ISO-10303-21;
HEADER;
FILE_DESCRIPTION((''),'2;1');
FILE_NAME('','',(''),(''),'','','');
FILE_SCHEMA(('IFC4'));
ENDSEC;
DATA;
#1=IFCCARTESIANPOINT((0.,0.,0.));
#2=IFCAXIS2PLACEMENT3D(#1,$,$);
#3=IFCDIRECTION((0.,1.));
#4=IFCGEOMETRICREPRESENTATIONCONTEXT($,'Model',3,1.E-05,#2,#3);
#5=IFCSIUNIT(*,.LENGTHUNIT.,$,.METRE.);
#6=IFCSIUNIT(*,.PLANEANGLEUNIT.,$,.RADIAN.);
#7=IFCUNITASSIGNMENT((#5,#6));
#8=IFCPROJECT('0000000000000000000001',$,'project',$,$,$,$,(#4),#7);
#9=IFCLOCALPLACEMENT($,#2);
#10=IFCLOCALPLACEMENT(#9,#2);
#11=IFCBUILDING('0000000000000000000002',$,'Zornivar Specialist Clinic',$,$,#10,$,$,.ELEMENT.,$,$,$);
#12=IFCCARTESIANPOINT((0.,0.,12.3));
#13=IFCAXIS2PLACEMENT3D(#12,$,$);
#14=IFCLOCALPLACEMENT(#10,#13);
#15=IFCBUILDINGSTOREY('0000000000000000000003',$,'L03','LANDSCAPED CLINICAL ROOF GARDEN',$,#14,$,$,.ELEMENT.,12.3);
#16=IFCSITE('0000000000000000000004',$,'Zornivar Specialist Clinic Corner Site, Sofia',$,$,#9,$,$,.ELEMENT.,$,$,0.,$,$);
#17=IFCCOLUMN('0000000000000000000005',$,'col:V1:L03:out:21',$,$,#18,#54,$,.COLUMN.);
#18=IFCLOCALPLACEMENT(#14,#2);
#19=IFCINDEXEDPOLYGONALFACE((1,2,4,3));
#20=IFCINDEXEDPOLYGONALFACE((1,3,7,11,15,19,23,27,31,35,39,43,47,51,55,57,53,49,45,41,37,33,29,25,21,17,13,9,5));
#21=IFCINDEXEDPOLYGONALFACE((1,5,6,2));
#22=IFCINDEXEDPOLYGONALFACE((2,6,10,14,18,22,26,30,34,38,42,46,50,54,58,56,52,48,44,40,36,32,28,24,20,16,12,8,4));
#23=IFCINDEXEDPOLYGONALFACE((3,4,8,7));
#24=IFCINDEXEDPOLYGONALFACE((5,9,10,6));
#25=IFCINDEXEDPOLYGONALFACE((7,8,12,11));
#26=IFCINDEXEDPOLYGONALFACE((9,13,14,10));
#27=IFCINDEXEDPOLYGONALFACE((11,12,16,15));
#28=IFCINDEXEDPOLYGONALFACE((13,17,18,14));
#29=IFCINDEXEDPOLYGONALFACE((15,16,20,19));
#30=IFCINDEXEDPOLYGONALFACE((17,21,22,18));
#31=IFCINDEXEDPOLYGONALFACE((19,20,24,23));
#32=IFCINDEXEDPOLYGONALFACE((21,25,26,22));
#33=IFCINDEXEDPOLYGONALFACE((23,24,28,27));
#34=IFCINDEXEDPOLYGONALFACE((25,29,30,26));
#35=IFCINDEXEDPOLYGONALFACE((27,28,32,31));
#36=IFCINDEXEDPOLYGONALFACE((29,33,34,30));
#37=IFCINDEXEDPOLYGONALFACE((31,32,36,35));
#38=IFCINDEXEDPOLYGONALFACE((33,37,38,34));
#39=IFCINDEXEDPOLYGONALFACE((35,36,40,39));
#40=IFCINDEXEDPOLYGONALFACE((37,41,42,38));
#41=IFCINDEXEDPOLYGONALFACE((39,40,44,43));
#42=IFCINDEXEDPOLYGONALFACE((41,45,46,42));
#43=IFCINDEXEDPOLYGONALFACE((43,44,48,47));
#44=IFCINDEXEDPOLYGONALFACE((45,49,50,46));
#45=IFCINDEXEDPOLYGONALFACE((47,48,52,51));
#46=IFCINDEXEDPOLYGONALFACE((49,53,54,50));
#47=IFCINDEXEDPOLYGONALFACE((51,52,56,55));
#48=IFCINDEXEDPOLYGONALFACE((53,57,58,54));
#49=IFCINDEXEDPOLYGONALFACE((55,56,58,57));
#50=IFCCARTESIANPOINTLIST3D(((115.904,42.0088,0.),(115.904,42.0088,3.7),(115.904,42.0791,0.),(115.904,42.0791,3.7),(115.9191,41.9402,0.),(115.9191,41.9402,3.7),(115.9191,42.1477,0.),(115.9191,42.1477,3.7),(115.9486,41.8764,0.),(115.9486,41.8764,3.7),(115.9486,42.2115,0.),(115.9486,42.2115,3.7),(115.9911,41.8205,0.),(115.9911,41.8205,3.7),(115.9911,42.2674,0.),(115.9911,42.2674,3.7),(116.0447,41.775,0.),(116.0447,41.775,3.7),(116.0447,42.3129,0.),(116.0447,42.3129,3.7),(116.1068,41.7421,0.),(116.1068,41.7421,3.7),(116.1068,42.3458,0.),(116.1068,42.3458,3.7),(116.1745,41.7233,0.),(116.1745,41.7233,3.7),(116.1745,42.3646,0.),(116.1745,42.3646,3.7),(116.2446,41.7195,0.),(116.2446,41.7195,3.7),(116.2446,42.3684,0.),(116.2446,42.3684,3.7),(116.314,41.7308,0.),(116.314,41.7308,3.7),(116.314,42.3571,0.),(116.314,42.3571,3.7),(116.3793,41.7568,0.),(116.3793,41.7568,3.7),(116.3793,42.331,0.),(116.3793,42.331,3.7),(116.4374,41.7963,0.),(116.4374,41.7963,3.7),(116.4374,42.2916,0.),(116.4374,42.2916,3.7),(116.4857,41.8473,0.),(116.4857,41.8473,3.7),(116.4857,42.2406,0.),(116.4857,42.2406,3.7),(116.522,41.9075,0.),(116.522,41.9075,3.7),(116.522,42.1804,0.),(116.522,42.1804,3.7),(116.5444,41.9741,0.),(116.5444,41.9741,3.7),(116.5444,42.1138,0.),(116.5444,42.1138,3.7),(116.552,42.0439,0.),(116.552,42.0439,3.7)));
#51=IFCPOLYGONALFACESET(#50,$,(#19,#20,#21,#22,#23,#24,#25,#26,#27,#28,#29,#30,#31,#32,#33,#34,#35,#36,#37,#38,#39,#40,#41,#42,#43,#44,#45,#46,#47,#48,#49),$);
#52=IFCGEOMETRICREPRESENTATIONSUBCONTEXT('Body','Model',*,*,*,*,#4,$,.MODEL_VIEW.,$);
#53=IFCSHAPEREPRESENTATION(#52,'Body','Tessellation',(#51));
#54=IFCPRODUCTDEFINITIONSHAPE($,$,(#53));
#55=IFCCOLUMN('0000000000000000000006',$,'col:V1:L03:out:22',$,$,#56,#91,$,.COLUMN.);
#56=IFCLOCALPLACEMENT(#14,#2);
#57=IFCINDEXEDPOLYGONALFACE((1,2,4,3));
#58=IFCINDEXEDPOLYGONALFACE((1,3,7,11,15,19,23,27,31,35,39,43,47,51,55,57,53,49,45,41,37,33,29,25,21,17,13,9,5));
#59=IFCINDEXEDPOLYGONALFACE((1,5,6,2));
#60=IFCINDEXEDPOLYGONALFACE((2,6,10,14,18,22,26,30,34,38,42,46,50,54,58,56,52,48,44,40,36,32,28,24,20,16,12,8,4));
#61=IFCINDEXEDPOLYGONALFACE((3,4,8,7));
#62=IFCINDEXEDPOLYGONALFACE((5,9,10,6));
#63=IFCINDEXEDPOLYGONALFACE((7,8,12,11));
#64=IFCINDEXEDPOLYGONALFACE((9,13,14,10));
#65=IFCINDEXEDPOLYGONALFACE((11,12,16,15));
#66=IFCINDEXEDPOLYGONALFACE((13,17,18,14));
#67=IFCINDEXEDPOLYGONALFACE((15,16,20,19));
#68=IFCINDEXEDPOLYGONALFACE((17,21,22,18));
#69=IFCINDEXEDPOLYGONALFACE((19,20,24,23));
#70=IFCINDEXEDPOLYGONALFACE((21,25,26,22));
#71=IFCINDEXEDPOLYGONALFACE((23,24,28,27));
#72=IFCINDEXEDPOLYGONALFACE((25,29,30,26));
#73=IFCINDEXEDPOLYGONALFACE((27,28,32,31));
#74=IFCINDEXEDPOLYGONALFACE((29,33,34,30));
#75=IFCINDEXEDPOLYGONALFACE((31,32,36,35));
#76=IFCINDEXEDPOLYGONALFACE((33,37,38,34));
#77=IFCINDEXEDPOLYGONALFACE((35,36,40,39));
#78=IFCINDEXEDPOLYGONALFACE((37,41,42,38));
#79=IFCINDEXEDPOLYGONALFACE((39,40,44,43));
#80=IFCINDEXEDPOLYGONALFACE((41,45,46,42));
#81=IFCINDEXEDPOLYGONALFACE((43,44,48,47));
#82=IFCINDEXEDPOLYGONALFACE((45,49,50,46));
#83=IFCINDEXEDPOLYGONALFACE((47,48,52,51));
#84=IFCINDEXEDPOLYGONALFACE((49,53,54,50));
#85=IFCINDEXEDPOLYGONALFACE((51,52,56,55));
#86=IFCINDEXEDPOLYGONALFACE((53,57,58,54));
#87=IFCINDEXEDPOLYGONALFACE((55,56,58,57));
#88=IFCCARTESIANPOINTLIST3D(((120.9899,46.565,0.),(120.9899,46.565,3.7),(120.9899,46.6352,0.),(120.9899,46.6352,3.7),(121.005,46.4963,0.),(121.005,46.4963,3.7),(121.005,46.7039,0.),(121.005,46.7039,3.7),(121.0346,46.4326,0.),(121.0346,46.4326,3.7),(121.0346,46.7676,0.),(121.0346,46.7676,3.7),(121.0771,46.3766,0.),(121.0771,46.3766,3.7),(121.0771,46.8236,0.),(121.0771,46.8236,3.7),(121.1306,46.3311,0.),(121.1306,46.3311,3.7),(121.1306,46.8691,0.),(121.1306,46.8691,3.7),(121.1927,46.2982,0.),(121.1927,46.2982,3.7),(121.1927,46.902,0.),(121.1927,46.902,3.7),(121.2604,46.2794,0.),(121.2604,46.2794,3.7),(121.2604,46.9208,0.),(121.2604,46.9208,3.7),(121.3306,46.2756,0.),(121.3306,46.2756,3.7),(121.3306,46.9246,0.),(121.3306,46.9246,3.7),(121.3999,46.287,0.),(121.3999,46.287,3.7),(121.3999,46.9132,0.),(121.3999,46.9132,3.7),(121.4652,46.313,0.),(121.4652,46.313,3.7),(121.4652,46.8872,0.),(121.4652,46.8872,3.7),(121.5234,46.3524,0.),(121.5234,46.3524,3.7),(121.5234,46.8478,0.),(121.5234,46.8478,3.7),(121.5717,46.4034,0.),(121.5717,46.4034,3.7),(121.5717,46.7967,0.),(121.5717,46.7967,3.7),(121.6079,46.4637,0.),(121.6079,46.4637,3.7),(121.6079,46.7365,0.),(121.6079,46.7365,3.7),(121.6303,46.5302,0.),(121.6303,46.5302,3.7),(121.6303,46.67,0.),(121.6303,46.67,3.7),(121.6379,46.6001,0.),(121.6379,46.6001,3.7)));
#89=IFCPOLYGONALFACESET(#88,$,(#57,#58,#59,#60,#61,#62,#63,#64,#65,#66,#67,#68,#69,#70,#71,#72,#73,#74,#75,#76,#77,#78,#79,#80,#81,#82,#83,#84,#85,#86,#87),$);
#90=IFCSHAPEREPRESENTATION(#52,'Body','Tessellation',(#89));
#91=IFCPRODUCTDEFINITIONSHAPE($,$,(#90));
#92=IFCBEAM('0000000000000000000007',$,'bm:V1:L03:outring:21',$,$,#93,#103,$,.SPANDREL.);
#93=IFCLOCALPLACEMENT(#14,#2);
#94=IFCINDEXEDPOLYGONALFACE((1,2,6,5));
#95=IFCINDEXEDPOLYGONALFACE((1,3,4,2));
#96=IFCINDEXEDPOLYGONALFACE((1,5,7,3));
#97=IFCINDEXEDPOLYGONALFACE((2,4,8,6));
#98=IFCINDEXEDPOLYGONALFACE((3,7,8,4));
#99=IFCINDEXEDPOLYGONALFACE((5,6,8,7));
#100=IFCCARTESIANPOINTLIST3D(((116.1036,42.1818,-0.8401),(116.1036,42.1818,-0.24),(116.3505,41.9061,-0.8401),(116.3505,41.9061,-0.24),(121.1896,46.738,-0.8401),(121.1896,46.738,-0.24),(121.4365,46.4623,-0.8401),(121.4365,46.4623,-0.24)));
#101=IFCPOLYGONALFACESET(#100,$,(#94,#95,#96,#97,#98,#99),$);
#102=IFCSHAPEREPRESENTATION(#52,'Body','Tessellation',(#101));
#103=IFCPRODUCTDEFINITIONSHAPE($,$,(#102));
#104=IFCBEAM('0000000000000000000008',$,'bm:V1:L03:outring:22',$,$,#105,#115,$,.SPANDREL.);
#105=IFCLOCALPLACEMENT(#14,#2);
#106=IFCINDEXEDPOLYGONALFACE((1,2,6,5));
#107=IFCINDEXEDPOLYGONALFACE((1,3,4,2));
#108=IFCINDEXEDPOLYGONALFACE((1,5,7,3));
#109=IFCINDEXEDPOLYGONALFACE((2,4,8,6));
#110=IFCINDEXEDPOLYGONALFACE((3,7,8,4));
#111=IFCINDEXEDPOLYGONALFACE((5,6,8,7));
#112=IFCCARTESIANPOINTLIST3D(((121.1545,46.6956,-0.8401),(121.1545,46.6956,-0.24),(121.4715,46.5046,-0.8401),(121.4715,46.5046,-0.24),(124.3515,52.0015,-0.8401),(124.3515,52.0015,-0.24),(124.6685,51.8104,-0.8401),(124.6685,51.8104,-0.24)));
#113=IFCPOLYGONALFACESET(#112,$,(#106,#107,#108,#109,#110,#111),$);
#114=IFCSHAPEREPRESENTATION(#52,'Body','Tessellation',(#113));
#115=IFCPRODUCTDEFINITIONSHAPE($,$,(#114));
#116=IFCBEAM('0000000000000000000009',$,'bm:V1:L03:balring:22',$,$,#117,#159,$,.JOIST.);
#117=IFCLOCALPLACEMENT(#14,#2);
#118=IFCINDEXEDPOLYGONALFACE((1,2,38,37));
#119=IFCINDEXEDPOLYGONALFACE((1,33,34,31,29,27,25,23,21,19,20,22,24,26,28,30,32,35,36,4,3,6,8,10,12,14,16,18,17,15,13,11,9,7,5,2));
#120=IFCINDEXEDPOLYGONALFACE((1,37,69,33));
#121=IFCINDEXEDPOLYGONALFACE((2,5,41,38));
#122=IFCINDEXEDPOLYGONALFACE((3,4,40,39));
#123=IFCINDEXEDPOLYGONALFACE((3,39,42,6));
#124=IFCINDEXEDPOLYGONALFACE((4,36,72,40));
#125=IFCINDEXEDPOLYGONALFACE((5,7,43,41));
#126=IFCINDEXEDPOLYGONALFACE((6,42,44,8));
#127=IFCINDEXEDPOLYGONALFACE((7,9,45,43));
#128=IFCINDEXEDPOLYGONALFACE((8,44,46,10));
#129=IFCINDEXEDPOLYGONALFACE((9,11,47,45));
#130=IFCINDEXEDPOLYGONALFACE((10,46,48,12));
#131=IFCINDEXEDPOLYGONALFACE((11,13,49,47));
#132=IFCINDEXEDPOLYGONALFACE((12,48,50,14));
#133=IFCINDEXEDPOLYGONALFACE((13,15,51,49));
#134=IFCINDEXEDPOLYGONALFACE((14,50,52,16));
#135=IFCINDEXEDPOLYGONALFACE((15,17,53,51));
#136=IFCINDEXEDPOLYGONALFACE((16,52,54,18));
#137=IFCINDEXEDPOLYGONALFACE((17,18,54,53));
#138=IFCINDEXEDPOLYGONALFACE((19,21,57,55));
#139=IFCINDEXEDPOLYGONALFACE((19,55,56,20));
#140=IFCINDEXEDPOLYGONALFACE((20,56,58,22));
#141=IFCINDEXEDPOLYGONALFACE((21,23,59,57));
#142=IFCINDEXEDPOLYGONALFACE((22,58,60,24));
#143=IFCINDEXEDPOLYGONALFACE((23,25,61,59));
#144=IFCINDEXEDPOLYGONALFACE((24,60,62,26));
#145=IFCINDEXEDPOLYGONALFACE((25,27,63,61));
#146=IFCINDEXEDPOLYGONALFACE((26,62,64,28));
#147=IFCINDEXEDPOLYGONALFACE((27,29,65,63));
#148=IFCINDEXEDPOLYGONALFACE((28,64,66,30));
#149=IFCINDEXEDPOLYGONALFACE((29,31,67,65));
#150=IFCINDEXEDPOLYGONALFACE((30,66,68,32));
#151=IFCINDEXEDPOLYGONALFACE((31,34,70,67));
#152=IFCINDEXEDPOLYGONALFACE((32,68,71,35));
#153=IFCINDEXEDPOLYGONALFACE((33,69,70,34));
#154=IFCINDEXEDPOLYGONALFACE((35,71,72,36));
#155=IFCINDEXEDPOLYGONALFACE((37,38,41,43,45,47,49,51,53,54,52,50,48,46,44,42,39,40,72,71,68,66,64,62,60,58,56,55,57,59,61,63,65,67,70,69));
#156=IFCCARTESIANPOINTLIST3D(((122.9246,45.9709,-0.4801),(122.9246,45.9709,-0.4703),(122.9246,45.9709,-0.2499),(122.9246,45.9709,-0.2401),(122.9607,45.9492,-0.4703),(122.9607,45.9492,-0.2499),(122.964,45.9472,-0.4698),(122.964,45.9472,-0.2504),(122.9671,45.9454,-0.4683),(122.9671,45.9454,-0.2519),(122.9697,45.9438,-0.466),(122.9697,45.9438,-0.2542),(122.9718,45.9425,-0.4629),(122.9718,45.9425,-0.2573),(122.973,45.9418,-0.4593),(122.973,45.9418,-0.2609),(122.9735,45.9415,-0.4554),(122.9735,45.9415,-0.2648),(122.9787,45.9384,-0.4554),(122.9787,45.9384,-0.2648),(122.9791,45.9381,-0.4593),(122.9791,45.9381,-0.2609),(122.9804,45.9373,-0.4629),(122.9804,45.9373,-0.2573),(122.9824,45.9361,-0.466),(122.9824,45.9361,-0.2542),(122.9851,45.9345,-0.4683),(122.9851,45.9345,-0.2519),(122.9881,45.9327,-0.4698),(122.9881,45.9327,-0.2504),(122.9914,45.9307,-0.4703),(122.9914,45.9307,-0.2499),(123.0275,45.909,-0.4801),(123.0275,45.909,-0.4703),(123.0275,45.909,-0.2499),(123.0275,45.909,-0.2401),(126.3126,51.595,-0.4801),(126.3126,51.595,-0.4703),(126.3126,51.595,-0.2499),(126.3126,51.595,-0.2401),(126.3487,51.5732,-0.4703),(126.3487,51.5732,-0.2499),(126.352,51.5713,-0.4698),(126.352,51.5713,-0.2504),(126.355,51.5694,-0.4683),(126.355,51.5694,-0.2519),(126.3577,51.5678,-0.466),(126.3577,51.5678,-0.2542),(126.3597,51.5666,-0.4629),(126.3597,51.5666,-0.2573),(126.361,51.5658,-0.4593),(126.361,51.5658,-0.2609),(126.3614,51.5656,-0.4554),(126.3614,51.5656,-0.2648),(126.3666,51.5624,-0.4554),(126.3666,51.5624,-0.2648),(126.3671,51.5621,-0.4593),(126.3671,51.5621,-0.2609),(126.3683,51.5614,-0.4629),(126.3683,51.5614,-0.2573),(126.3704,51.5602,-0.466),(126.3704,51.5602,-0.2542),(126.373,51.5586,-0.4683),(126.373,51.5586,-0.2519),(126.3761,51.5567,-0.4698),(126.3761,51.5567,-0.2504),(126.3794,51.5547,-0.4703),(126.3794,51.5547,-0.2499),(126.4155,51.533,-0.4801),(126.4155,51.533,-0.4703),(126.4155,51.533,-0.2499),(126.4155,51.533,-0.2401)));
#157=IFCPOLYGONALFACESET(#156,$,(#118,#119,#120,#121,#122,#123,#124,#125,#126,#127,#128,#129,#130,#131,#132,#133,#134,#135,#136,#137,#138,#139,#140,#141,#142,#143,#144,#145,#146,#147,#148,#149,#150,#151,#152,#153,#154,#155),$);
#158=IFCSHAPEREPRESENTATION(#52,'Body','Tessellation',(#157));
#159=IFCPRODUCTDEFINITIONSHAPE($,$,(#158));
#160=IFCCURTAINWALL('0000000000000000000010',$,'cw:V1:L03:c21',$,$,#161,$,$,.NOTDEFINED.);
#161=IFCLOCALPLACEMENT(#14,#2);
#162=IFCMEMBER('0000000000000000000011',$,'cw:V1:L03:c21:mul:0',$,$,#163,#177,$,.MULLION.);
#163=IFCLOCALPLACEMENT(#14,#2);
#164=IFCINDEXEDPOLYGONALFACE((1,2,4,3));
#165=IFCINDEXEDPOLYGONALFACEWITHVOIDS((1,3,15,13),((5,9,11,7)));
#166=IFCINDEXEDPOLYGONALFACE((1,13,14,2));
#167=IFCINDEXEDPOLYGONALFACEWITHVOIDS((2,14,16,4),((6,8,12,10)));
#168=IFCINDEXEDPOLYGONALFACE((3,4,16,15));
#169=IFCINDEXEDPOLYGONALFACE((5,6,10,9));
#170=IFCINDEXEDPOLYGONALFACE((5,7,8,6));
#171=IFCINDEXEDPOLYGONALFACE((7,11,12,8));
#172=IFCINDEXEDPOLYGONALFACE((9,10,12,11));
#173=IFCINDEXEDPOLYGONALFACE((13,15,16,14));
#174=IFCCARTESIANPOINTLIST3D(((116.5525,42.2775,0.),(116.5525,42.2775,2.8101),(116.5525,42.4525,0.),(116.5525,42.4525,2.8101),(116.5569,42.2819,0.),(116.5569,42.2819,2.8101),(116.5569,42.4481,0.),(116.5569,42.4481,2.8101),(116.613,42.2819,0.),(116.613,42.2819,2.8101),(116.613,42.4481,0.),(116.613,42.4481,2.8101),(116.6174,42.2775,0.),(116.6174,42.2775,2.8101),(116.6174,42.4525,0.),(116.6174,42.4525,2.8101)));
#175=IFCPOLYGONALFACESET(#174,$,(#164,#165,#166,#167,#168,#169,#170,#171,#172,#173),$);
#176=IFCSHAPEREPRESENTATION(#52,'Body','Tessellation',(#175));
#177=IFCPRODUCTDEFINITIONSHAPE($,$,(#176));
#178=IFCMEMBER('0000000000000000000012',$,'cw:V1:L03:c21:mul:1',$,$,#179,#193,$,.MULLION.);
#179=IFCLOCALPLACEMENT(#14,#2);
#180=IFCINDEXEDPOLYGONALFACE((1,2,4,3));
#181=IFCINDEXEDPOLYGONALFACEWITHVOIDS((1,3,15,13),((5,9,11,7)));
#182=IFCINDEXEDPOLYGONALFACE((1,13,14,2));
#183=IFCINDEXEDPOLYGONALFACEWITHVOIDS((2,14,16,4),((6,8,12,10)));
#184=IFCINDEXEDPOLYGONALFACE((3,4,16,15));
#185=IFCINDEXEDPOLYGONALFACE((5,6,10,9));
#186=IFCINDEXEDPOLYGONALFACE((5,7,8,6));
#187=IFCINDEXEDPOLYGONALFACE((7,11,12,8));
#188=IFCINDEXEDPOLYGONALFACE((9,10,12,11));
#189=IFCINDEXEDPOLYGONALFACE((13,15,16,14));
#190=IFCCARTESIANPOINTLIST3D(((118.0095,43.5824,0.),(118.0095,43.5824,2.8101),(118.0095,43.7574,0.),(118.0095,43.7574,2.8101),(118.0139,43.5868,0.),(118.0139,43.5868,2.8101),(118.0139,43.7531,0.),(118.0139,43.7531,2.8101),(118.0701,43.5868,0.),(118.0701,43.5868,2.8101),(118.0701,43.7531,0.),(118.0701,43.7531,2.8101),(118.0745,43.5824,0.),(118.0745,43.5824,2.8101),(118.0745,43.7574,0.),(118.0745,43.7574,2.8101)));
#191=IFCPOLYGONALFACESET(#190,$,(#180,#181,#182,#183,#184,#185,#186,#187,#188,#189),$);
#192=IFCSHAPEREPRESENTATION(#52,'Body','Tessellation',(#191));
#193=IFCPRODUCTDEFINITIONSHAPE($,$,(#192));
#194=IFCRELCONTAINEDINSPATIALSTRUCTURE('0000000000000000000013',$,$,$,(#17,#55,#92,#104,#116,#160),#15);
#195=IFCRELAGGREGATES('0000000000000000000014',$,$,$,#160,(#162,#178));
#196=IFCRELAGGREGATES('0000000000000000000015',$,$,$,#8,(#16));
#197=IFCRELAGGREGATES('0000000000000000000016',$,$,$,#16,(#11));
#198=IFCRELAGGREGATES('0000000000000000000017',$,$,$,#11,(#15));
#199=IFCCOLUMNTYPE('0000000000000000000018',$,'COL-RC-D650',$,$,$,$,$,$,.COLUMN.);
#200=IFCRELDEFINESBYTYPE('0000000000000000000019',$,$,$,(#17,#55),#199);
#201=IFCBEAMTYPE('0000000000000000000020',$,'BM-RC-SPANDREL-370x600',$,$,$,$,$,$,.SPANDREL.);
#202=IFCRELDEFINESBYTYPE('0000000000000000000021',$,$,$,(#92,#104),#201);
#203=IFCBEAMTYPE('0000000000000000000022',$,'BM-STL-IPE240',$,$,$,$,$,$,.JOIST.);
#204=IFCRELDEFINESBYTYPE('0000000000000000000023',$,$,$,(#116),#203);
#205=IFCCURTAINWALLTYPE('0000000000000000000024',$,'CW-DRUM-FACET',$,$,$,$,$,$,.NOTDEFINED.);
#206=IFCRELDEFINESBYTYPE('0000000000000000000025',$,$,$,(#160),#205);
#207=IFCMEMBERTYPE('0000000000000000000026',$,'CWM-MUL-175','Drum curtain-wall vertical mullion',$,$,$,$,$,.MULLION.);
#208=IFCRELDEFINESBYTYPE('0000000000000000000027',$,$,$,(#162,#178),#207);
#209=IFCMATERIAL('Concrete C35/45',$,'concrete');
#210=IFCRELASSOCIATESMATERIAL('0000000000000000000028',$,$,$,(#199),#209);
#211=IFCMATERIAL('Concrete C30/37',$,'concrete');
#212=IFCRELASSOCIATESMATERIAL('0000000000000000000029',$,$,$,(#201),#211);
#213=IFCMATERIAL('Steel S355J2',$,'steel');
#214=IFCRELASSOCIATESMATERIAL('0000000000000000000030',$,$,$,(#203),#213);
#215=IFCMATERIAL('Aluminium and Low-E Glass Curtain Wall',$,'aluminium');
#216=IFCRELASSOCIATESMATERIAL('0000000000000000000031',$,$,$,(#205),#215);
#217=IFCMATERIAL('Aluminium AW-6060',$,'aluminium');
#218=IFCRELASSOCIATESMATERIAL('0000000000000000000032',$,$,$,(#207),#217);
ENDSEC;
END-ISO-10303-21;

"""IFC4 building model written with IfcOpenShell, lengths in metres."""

from ifc_helpers import new_model, si_unit, direction, frame, origin, origin_2d, place, context, subcontext, project, spatial, rectangle, hollow_rectangle, circle, i_section, extrude, material, material_profile, profile_set, type_object, element, aggregate, save


model = new_model("IFC4")

# Units and contexts
model_context = context("Model", 3, precision=1e-05, world=origin(), true_north=direction((0.0, 1.0)))
body_context = subcontext(model_context, "Body", "Model", "MODEL_VIEW")
ifc_project = project(units=[si_unit("LENGTHUNIT", "METRE"), si_unit("PLANEANGLEUNIT", "RADIAN")], contexts=[model_context])

# Site, building, storey
site_placement = place(None, origin())
site = spatial("IfcSite", under=ifc_project, at=site_placement, Name="Zornivar Specialist Clinic Corner Site, Sofia", CompositionType="ELEMENT", RefElevation=0.0)
building_placement = place(site_placement, origin())
building = spatial("IfcBuilding", under=site, at=building_placement, Name="Zornivar Specialist Clinic", CompositionType="ELEMENT")
storey_placement = place(building_placement, frame((0.0, 0.0, 12.3)))
storey = spatial("IfcBuildingStorey", under=building, at=storey_placement, Name="L03", Description="LANDSCAPED CLINICAL ROOF GARDEN", CompositionType="ELEMENT", Elevation=12.3)

# Columns
ifc_material_1 = material(Name="Concrete C35/45", Category="concrete")
ifc_material_profile_1 = material_profile(ifc_material_1, circle(Radius=0.325, at=origin_2d()), Name="RC D650")
ifc_profile_set_1 = profile_set([ifc_material_profile_1], Name="Concrete C35/45")
column_type = type_object("IfcColumnType", Name="COL-RC-D650", PredefinedType="COLUMN", material=ifc_profile_set_1)
for number, where, z_axis, x_axis, name in (
    (1, (116.2271, 42.0439, 0.0), (0.0, 0.0, 1.0), (1.0, 0.0, 0.0), "col:V1:L03:out:21"),
    (2, (121.313, 46.6001, 0.0), (0.0, 0.0, 1.0), (1.0, 0.0, 0.0), "col:V1:L03:out:22"),
):
    element("IfcColumn", number, at=place(storey_placement, frame(where, z_axis=z_axis, x_axis=x_axis)), inside=storey, type_object=column_type, Name=name, PredefinedType="COLUMN", context=body_context, shape_type="SweptSolid", body=[
        extrude(circle(Radius=0.325, at=origin_2d()), origin(), (0.0, 0.0, 1.0), 3.7),
    ])

# Beams
ifc_material_2 = material(Name="Concrete C30/37", Category="concrete")
ifc_material_profile_2 = material_profile(ifc_material_2, rectangle(XDim=0.3701, YDim=0.6001, at=origin_2d()), Name="RC 370x600")
ifc_profile_set_2 = profile_set([ifc_material_profile_2], Name="Concrete C30/37")
beam_type_1 = type_object("IfcBeamType", Name="BM-RC-SPANDREL-370x600", PredefinedType="SPANDREL", material=ifc_profile_set_2)
beam_1_placement = place(storey_placement, frame((116.2271, 42.0439, -0.54), z_axis=(0.744835, 0.667248, 0.0), x_axis=(-0.667248, 0.744835, 0.0)))
element("IfcBeam", 3, at=beam_1_placement, inside=storey, type_object=beam_type_1, Name="bm:V1:L03:outring:21", PredefinedType="SPANDREL", context=body_context, shape_type="SweptSolid", body=[
    extrude(rectangle(XDim=0.3701, YDim=0.6001, at=origin_2d()), origin(), (0.0, 0.0, 1.0), 6.8284),
])
beam_2_placement = place(storey_placement, frame((121.313, 46.6001, -0.54), z_axis=(0.516095, 0.856532, 0.0), x_axis=(-0.856532, 0.516095, 0.0)))
element("IfcBeam", 4, at=beam_2_placement, inside=storey, type_object=beam_type_1, Name="bm:V1:L03:outring:22", PredefinedType="SPANDREL", context=body_context, shape_type="SweptSolid", body=[
    extrude(rectangle(XDim=0.3701, YDim=0.6001, at=origin_2d()), origin(), (0.0, 0.0, 1.0), 6.1946),
])
ifc_material_3 = material(Name="Steel S355J2", Category="steel")
ifc_material_profile_3 = material_profile(ifc_material_3, i_section(OverallWidth=0.1201, OverallDepth=0.24, WebThickness=0.0061, FlangeThickness=0.0098, FilletRadius=0.0149, at=origin_2d()), Name="IPE 240")
ifc_profile_set_3 = profile_set([ifc_material_profile_3], Name="Steel S355J2")
beam_type_2 = type_object("IfcBeamType", Name="BM-STL-IPE240", PredefinedType="JOIST", material=ifc_profile_set_3)
beam_3_placement = place(storey_placement, frame((122.9761, 45.9399, -0.3601), z_axis=(0.51601, 0.856583, 0.0), x_axis=(-0.856583, 0.51601, 0.0)))
element("IfcBeam", 5, at=beam_3_placement, inside=storey, type_object=beam_type_2, Name="bm:V1:L03:balring:22", PredefinedType="JOIST", context=body_context, shape_type="SweptSolid", body=[
    extrude(i_section(OverallWidth=0.1201, OverallDepth=0.24, WebThickness=0.0061, FlangeThickness=0.0098, FilletRadius=0.0149, at=origin_2d()), origin(), (0.0, 0.0, 1.0), 6.5657),
])

# Curtain wall, members
ifc_material_4 = material(Name="Aluminium and Low-E Glass Curtain Wall", Category="aluminium")
curtain_wall_type = type_object("IfcCurtainWallType", Name="CW-DRUM-FACET", PredefinedType="NOTDEFINED", material=ifc_material_4)
curtain_wall_1_placement = place(storey_placement, origin())
curtain_wall_1 = element("IfcCurtainWall", 6, at=curtain_wall_1_placement, inside=storey, type_object=curtain_wall_type, Name="cw:V1:L03:c21", PredefinedType="NOTDEFINED")
ifc_material_5 = material(Name="Aluminium AW-6060", Category="aluminium")
ifc_material_profile_4 = material_profile(ifc_material_5, hollow_rectangle(XDim=0.0649, YDim=0.175, WallThickness=0.0044, at=origin_2d()), Name="ALU 65x175x4.5")
ifc_profile_set_4 = profile_set([ifc_material_profile_4], Name="Aluminium AW-6060")
member_type_1 = type_object("IfcMemberType", Name="CWM-MUL-175", Description="Drum curtain-wall vertical mullion", PredefinedType="MULLION", material=ifc_profile_set_4)
member_1_placement = place(storey_placement, frame((116.585, 42.365, 0.0), z_axis=(0.0, 0.0, 1.0), x_axis=(1.0, 0.0, 0.0)))
member_1 = element("IfcMember", 7, at=member_1_placement, type_object=member_type_1, Name="cw:V1:L03:c21:mul:0", PredefinedType="MULLION", context=body_context, shape_type="SweptSolid", body=[
    extrude(hollow_rectangle(XDim=0.0649, YDim=0.175, WallThickness=0.0044, at=origin_2d()), origin(), (0.0, 0.0, 1.0), 2.8101),
])
member_2_placement = place(storey_placement, frame((118.042, 43.6699, 0.0), z_axis=(0.0, 0.0, 1.0), x_axis=(1.0, 0.0, 0.0)))
member_2 = element("IfcMember", 8, at=member_2_placement, type_object=member_type_1, Name="cw:V1:L03:c21:mul:1", PredefinedType="MULLION", context=body_context, shape_type="SweptSolid", body=[
    extrude(hollow_rectangle(XDim=0.0649, YDim=0.175, WallThickness=0.0044, at=origin_2d()), origin(), (0.0, 0.0, 1.0), 2.8101),
])

aggregate(curtain_wall_1, [member_1, member_2])

save(model, "model.ifc")
